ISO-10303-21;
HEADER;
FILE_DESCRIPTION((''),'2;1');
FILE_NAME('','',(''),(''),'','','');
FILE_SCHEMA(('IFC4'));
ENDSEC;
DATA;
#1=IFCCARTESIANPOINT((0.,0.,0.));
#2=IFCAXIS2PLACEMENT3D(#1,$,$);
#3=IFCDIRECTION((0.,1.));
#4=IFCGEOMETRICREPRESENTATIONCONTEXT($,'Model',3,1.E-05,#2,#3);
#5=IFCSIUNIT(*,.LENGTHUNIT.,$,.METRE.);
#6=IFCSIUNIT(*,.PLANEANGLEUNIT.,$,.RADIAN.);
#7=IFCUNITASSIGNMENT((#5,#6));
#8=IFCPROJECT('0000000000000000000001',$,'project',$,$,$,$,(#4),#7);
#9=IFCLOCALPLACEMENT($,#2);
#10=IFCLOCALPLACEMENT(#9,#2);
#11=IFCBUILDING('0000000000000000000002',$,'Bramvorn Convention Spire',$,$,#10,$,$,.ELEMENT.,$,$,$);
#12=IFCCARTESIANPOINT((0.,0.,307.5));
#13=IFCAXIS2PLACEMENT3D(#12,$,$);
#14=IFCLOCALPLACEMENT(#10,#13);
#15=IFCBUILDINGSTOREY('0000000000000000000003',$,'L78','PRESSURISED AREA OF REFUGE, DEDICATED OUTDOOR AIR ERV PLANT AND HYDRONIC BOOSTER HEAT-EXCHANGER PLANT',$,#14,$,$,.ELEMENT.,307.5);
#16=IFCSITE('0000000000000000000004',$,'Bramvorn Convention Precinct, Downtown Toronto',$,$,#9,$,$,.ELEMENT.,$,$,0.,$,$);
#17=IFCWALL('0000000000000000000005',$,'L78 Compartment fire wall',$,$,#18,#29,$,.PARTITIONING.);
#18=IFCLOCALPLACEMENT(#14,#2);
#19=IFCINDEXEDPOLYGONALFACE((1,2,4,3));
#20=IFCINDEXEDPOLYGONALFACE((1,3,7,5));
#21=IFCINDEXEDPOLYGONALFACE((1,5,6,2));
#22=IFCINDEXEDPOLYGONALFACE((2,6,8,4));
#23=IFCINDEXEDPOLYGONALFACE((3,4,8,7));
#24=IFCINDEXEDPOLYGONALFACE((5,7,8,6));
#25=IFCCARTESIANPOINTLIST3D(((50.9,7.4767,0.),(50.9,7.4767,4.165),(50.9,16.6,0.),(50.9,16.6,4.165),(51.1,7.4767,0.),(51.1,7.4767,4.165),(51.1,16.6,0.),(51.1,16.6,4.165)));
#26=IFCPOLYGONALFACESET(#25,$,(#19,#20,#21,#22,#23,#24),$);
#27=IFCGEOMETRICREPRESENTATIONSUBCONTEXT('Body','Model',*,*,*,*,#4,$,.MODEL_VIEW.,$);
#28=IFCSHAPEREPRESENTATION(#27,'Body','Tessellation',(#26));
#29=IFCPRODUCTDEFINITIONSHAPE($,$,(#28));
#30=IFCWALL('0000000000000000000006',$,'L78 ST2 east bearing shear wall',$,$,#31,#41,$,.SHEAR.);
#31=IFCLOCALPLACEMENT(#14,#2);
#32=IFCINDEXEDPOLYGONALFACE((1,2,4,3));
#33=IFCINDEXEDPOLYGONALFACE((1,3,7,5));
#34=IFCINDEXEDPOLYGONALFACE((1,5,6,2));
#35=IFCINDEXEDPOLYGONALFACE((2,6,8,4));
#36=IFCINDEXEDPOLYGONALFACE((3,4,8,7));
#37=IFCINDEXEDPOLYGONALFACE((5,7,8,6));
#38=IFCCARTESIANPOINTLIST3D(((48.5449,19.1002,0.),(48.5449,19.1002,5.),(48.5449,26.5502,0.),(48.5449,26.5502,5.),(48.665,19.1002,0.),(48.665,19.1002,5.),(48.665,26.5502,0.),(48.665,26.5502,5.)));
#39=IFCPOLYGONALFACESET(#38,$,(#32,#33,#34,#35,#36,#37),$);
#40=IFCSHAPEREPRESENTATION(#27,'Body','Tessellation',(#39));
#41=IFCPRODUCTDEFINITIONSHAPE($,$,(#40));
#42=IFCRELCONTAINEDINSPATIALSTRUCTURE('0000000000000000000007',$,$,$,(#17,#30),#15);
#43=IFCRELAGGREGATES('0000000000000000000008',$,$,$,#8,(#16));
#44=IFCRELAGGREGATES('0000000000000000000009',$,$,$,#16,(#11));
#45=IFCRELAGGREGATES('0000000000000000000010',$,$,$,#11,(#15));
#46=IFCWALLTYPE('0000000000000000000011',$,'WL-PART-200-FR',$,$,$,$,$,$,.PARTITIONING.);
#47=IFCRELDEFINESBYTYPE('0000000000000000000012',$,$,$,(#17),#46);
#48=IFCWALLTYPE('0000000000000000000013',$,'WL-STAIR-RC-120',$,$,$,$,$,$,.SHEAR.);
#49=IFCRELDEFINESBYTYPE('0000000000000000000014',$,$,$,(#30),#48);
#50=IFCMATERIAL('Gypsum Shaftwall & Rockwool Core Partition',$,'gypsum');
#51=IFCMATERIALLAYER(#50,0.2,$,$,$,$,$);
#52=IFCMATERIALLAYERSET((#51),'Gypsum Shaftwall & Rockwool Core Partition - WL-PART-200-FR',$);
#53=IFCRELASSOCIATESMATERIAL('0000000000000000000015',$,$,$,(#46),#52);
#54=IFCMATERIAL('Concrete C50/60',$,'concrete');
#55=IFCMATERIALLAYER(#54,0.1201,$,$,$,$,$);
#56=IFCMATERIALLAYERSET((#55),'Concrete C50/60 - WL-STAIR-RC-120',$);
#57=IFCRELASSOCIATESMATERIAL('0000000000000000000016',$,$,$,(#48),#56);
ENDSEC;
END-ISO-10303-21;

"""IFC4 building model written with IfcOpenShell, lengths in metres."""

from ifc_helpers import new_model, si_unit, direction, frame, frame_2d, origin, place, context, subcontext, project, spatial, rectangle, extrude, material, layer, layer_set, type_object, element, save


model = new_model("IFC4")

# Units and contexts
model_context = context("Model", 3, precision=1e-05, world=origin(), true_north=direction((0.0, 1.0)))
body_context = subcontext(model_context, "Body", "Model", "MODEL_VIEW")
ifc_project = project(units=[si_unit("LENGTHUNIT", "METRE"), si_unit("PLANEANGLEUNIT", "RADIAN")], contexts=[model_context])

# Site, building, storey
site_placement = place(None, origin())
site = spatial("IfcSite", under=ifc_project, at=site_placement, Name="Bramvorn Convention Precinct, Downtown Toronto", CompositionType="ELEMENT", RefElevation=0.0)
building_placement = place(site_placement, origin())
building = spatial("IfcBuilding", under=site, at=building_placement, Name="Bramvorn Convention Spire", CompositionType="ELEMENT")
storey_placement = place(building_placement, frame((0.0, 0.0, 307.5)))
storey = spatial("IfcBuildingStorey", under=building, at=storey_placement, Name="L78", Description="PRESSURISED AREA OF REFUGE, DEDICATED OUTDOOR AIR ERV PLANT AND HYDRONIC BOOSTER HEAT-EXCHANGER PLANT", CompositionType="ELEMENT", Elevation=307.5)

# Shared definitions
ifc_material_1 = material(Name="Concrete C50/60", Category="concrete")

# Shared definitions
ifc_material_2 = material(Name="Gypsum Shaftwall & Rockwool Core Partition", Category="gypsum")
ifc_layer_1 = layer(ifc_material_2, 0.2)
ifc_layer_set_1 = layer_set([ifc_layer_1], Name="Gypsum Shaftwall & Rockwool Core Partition - WL-PART-200-FR")
wall_type_1 = type_object("IfcWallType", Name="WL-PART-200-FR", PredefinedType="PARTITIONING", material=ifc_layer_set_1)

# Walls
wall_1_placement = place(storey_placement, frame((51.0, 7.4768, 0.0), z_axis=(0.0, 0.0, 1.0), x_axis=(0.0, 1.0, 0.0)))
element("IfcWall", 1, at=wall_1_placement, inside=storey, type_object=wall_type_1, Name="L78 Compartment fire wall", PredefinedType="PARTITIONING", context=body_context, shape_type="SweptSolid", body=[
    extrude(rectangle(XDim=9.1233, YDim=0.2, at=frame_2d((4.5615, 0.0))), origin(), (0.0, 0.0, 1.0), 4.165),
])
ifc_layer_2 = layer(ifc_material_1, 0.1201)
ifc_layer_set_2 = layer_set([ifc_layer_2], Name="Concrete C50/60 - WL-STAIR-RC-120")
wall_type_2 = type_object("IfcWallType", Name="WL-STAIR-RC-120", PredefinedType="SHEAR", material=ifc_layer_set_2)
wall_2_placement = place(storey_placement, frame((48.605, 19.1001, 0.0), z_axis=(0.0, 0.0, 1.0), x_axis=(0.0, 1.0, 0.0)))
element("IfcWall", 2, at=wall_2_placement, inside=storey, type_object=wall_type_2, Name="L78 ST2 east bearing shear wall", PredefinedType="SHEAR", context=body_context, shape_type="SweptSolid", body=[
    extrude(rectangle(XDim=7.45, YDim=0.1201, at=frame_2d((3.7251, 0.0))), origin(), (0.0, 0.0, 1.0), 5.0),
])

save(model, "model.ifc")
